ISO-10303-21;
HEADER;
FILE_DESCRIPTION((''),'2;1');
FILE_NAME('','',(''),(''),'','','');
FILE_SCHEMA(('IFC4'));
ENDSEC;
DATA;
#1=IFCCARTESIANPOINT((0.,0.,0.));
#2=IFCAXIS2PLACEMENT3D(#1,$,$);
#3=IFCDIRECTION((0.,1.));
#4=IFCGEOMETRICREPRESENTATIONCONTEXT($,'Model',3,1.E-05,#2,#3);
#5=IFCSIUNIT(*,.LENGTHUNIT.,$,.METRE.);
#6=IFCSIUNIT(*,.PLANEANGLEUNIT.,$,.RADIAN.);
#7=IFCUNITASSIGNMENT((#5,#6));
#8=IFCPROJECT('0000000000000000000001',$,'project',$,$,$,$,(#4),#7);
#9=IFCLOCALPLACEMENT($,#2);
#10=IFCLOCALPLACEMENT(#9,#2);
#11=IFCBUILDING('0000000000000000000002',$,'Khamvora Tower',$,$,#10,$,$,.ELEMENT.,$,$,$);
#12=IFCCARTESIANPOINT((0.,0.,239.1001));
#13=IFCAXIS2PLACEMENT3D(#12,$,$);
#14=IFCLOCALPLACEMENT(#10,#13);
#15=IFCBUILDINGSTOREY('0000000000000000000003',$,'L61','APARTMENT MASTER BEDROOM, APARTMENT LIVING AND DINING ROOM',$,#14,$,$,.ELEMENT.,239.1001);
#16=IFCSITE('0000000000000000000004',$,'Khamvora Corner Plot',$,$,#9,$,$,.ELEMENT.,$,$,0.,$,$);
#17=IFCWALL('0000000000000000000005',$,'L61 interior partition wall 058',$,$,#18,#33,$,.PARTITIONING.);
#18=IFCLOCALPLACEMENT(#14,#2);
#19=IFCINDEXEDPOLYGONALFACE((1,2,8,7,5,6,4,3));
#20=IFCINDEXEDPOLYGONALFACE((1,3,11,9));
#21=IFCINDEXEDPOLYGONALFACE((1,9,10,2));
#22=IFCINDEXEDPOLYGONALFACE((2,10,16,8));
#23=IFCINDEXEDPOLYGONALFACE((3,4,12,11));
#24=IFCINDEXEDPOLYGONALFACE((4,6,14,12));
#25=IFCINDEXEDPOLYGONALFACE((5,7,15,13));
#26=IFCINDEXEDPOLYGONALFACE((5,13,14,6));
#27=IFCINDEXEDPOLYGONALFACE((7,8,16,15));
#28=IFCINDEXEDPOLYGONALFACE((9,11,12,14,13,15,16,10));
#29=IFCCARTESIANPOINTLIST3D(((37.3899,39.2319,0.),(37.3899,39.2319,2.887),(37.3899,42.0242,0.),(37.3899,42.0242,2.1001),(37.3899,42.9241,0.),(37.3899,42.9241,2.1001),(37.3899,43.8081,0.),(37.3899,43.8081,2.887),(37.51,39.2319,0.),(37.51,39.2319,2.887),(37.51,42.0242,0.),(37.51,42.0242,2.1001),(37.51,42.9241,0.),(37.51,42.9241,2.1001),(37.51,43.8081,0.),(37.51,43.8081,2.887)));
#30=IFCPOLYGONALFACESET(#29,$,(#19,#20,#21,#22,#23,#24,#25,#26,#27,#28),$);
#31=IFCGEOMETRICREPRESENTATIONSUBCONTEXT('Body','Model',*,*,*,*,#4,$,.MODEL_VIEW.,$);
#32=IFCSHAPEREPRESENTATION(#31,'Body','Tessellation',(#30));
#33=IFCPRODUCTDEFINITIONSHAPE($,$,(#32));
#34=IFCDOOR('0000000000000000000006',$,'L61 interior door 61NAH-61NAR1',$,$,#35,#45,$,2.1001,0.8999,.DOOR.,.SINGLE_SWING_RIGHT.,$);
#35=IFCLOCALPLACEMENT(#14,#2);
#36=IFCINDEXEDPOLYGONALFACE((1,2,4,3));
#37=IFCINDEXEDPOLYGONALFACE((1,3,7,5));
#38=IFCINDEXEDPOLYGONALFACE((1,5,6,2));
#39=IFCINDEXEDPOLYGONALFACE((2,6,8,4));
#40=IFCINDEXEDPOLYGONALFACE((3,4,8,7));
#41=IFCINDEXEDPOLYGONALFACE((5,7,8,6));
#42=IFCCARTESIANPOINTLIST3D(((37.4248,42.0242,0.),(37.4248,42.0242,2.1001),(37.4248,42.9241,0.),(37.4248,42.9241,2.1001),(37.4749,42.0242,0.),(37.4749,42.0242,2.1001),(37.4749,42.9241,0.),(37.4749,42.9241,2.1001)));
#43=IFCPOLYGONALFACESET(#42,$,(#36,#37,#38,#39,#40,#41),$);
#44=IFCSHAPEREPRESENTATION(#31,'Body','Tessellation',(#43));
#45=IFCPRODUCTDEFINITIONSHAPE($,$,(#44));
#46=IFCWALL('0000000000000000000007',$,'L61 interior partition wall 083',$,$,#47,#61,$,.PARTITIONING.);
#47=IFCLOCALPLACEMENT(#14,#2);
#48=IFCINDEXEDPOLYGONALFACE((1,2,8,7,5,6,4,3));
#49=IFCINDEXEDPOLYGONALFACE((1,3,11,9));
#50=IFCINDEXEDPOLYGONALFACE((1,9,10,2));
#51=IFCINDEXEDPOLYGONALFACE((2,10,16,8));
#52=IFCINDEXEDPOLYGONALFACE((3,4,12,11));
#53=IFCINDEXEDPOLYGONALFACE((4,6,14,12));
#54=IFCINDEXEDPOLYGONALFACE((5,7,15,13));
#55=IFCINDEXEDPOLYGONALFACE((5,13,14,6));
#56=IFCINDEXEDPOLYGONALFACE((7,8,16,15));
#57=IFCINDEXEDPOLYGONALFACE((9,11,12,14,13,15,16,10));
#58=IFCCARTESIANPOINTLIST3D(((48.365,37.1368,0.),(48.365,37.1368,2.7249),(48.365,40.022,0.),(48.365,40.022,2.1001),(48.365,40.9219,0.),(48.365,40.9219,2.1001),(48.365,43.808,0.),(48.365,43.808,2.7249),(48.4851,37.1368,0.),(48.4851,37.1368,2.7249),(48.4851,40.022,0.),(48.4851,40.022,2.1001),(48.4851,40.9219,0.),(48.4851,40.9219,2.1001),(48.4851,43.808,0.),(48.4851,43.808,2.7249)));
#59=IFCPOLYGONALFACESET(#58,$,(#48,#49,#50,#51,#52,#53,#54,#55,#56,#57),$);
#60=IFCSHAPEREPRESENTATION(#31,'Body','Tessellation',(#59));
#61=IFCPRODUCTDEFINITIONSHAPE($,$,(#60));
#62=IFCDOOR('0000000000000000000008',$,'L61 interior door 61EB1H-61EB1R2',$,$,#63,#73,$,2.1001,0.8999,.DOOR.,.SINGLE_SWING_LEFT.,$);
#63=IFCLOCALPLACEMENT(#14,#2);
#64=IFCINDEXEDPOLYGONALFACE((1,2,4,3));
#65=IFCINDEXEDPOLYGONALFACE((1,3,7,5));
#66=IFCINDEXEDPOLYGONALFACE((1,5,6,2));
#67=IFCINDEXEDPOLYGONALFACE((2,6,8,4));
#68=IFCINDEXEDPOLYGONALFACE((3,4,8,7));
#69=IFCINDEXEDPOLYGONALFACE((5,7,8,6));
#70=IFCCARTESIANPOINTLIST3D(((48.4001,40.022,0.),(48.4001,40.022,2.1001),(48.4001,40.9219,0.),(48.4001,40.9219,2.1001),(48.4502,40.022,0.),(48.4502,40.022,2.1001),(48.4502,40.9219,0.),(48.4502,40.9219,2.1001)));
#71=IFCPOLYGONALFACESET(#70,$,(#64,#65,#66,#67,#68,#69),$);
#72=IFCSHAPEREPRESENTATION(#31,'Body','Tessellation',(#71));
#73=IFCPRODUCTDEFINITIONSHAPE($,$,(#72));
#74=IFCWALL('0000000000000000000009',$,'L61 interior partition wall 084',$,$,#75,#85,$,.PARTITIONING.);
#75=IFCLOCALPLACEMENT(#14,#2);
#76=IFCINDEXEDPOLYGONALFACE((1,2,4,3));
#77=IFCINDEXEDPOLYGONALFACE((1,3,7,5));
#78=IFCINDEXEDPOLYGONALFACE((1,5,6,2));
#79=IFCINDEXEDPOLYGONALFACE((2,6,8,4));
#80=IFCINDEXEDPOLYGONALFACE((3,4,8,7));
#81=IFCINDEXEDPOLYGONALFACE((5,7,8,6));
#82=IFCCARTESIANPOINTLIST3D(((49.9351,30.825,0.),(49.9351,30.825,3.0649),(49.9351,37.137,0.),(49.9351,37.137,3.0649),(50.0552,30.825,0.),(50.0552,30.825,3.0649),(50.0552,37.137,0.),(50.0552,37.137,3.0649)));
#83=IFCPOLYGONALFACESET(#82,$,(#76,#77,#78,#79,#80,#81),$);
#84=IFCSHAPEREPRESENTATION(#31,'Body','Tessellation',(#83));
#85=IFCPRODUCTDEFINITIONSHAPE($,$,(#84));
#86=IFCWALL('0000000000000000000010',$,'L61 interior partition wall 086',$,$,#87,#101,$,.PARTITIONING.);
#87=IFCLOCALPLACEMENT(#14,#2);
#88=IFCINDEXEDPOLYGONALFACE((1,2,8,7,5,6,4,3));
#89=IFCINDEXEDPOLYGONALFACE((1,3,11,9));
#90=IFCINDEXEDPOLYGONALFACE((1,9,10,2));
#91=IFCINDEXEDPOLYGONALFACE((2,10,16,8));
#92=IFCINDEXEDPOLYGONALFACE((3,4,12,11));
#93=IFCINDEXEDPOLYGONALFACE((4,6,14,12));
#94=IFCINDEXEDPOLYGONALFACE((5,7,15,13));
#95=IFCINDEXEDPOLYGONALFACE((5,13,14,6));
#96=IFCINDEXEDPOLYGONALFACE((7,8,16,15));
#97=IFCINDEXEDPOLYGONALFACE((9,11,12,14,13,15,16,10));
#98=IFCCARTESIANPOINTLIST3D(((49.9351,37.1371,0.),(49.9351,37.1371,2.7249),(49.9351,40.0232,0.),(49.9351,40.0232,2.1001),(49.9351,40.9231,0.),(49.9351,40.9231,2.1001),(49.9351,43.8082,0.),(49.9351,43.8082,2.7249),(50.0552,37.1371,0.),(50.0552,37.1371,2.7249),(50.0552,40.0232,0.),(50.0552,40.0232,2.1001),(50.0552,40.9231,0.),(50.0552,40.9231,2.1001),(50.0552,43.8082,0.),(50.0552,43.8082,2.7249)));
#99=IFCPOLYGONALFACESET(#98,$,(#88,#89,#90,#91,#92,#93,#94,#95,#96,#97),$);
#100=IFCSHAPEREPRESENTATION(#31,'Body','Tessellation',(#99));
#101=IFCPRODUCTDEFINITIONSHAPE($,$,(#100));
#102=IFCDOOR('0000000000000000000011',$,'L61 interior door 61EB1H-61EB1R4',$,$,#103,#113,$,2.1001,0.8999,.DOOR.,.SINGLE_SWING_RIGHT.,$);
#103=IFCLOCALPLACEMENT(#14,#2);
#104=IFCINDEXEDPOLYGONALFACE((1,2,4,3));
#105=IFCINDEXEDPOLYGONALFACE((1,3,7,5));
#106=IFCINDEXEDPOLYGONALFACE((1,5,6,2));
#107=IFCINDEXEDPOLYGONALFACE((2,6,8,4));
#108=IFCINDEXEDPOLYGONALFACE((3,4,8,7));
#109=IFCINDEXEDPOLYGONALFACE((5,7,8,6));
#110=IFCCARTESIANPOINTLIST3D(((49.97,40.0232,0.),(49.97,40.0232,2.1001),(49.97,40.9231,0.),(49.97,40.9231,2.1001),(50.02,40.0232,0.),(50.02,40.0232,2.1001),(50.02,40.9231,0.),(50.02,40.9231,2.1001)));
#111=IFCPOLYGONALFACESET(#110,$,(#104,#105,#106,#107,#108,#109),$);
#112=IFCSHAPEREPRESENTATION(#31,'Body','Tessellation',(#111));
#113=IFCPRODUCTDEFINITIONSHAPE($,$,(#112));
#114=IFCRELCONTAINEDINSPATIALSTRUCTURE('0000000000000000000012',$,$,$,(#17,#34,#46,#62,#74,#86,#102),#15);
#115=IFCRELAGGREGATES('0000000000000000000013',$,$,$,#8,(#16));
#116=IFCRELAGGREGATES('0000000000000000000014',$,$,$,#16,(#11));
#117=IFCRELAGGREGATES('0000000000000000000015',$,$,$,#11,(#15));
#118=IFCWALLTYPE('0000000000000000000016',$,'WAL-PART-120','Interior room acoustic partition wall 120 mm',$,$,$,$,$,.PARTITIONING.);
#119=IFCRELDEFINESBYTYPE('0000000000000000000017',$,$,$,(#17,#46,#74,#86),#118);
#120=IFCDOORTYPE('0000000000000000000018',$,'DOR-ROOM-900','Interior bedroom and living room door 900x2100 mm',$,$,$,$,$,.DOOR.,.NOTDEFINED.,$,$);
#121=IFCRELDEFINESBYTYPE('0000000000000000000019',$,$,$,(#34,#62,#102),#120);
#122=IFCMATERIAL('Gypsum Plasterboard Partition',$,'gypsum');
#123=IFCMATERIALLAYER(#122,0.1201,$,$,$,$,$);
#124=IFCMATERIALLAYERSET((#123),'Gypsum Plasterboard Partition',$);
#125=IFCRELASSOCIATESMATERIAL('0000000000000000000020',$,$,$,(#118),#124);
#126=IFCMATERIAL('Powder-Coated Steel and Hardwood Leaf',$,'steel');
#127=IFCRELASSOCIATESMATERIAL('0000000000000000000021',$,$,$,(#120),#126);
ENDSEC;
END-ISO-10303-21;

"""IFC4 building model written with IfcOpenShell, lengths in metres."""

from ifc_helpers import new_model, si_unit, direction, frame, frame_2d, origin, place, context, subcontext, project, spatial, rectangle, extrude, material, layer, layer_set, type_object, element, fill, save


model = new_model("IFC4")

# Units and contexts
model_context = context("Model", 3, precision=1e-05, world=origin(), true_north=direction((0.0, 1.0)))
body_context = subcontext(model_context, "Body", "Model", "MODEL_VIEW")
ifc_project = project(units=[si_unit("LENGTHUNIT", "METRE"), si_unit("PLANEANGLEUNIT", "RADIAN")], contexts=[model_context])

# Site, building, storey
site_placement = place(None, origin())
site = spatial("IfcSite", under=ifc_project, at=site_placement, Name="Khamvora Corner Plot", CompositionType="ELEMENT", RefElevation=0.0)
building_placement = place(site_placement, origin())
building = spatial("IfcBuilding", under=site, at=building_placement, Name="Khamvora Tower", CompositionType="ELEMENT")
storey_placement = place(building_placement, frame((0.0, 0.0, 239.1001)))
storey = spatial("IfcBuildingStorey", under=building, at=storey_placement, Name="L61", Description="APARTMENT MASTER BEDROOM, APARTMENT LIVING AND DINING ROOM", CompositionType="ELEMENT", Elevation=239.1001)

# Walls, openings, doors
ifc_material_1 = material(Name="Gypsum Plasterboard Partition", Category="gypsum")
ifc_layer_1 = layer(ifc_material_1, 0.1201)
ifc_layer_set_1 = layer_set([ifc_layer_1], Name="Gypsum Plasterboard Partition")
wall_type_1 = type_object("IfcWallType", Name="WAL-PART-120", Description="Interior room acoustic partition wall 120 mm", PredefinedType="PARTITIONING", material=ifc_layer_set_1)
wall_1_placement = place(storey_placement, frame((37.45, 43.8081, 0.0), z_axis=(0.0, 0.0, 1.0), x_axis=(0.0, -1.0, 0.0)))
wall_1 = element("IfcWall", 1, at=wall_1_placement, inside=storey, type_object=wall_type_1, Name="L61 interior partition wall 058", PredefinedType="PARTITIONING", context=body_context, shape_type="SweptSolid", body=[
    extrude(rectangle(XDim=4.5762, YDim=0.1201, at=frame_2d((2.2881, 0.0))), origin(), (0.0, 0.0, 1.0), 2.887),
])
opening_1_placement = place(wall_1_placement, frame((0.884, 0.0, 0.0)))
opening_1 = element("IfcOpeningElement", 2, at=opening_1_placement, cuts=wall_1, PredefinedType="OPENING", context=body_context, shape_type="SweptSolid", body=[
    extrude(rectangle(XDim=0.8999, YDim=2.1001, at=frame_2d((0.45, 1.05))), frame((0.0, 0.0701, 0.0), z_axis=(0.0, -1.0, 0.0), x_axis=(1.0, 0.0, 0.0)), (0.0, 0.0, 1.0), 0.1401),
])
ifc_material_2 = material(Name="Powder-Coated Steel and Hardwood Leaf", Category="steel")
door_type = type_object("IfcDoorType", Name="DOR-ROOM-900", Description="Interior bedroom and living room door 900x2100 mm", OperationType="NOTDEFINED", PredefinedType="DOOR", material=ifc_material_2)
door_1_placement = place(opening_1_placement, origin())
door_1 = element("IfcDoor", 3, at=door_1_placement, inside=storey, type_object=door_type, Name="L61 interior door 61NAH-61NAR1", OperationType="SINGLE_SWING_RIGHT", OverallHeight=2.1001, OverallWidth=0.8999, PredefinedType="DOOR", context=body_context, shape_type="SweptSolid", body=[
    extrude(rectangle(XDim=0.8999, YDim=2.1001, at=frame_2d((0.45, 1.05))), frame((0.0, 0.0249, 0.0), z_axis=(0.0, -1.0, 0.0), x_axis=(1.0, 0.0, 0.0)), (0.0, 0.0, 1.0), 0.05),
])
fill(opening_1, door_1)
wall_2_placement = place(storey_placement, frame((48.425, 37.137, 0.0), z_axis=(0.0, 0.0, 1.0), x_axis=(0.0, 1.0, 0.0)))
wall_2 = element("IfcWall", 4, at=wall_2_placement, inside=storey, type_object=wall_type_1, Name="L61 interior partition wall 083", PredefinedType="PARTITIONING", context=body_context, shape_type="SweptSolid", body=[
    extrude(rectangle(XDim=6.6711, YDim=0.1201, at=frame_2d((3.3354, 0.0))), origin(), (0.0, 0.0, 1.0), 2.7249),
])
opening_2_placement = place(wall_2_placement, frame((2.885, 0.0, 0.0)))
opening_2 = element("IfcOpeningElement", 5, at=opening_2_placement, cuts=wall_2, PredefinedType="OPENING", context=body_context, shape_type="SweptSolid", body=[
    extrude(rectangle(XDim=0.8999, YDim=2.1001, at=frame_2d((0.45, 1.05))), frame((0.0, 0.0701, 0.0), z_axis=(0.0, -1.0, 0.0), x_axis=(1.0, 0.0, 0.0)), (0.0, 0.0, 1.0), 0.1401),
])
door_2_placement = place(opening_2_placement, origin())
door_2 = element("IfcDoor", 6, at=door_2_placement, inside=storey, type_object=door_type, Name="L61 interior door 61EB1H-61EB1R2", OperationType="SINGLE_SWING_LEFT", OverallHeight=2.1001, OverallWidth=0.8999, PredefinedType="DOOR", context=body_context, shape_type="SweptSolid", body=[
    extrude(rectangle(XDim=0.8999, YDim=2.1001, at=frame_2d((0.45, 1.05))), frame((0.0, 0.0249, 0.0), z_axis=(0.0, -1.0, 0.0), x_axis=(1.0, 0.0, 0.0)), (0.0, 0.0, 1.0), 0.05),
])
fill(opening_2, door_2)

# Wall
wall_3_placement = place(storey_placement, frame((49.9951, 37.137, 0.0), z_axis=(0.0, 0.0, 1.0), x_axis=(0.0, -1.0, 0.0)))
element("IfcWall", 7, at=wall_3_placement, inside=storey, type_object=wall_type_1, Name="L61 interior partition wall 084", PredefinedType="PARTITIONING", context=body_context, shape_type="SweptSolid", body=[
    extrude(rectangle(XDim=6.312, YDim=0.1201, at=frame_2d((3.156, 0.0))), origin(), (0.0, 0.0, 1.0), 3.0649),
])

# Wall, opening, door
wall_4_placement = place(storey_placement, frame((49.9951, 43.8081, 0.0), z_axis=(0.0, 0.0, 1.0), x_axis=(0.0, -1.0, 0.0)))
wall_4 = element("IfcWall", 8, at=wall_4_placement, inside=storey, type_object=wall_type_1, Name="L61 interior partition wall 086", PredefinedType="PARTITIONING", context=body_context, shape_type="SweptSolid", body=[
    extrude(rectangle(XDim=6.6711, YDim=0.1201, at=frame_2d((3.3354, 0.0))), origin(), (0.0, 0.0, 1.0), 2.7249),
])
opening_3_placement = place(wall_4_placement, frame((2.885, 0.0, 0.0)))
opening_3 = element("IfcOpeningElement", 9, at=opening_3_placement, cuts=wall_4, PredefinedType="OPENING", context=body_context, shape_type="SweptSolid", body=[
    extrude(rectangle(XDim=0.8999, YDim=2.1001, at=frame_2d((0.45, 1.05))), frame((0.0, 0.0701, 0.0), z_axis=(0.0, -1.0, 0.0), x_axis=(1.0, 0.0, 0.0)), (0.0, 0.0, 1.0), 0.1401),
])
door_3_placement = place(opening_3_placement, origin())
door_3 = element("IfcDoor", 10, at=door_3_placement, inside=storey, type_object=door_type, Name="L61 interior door 61EB1H-61EB1R4", OperationType="SINGLE_SWING_RIGHT", OverallHeight=2.1001, OverallWidth=0.8999, PredefinedType="DOOR", context=body_context, shape_type="SweptSolid", body=[
    extrude(rectangle(XDim=0.8999, YDim=2.1001, at=frame_2d((0.45, 1.05))), frame((0.0, 0.0249, 0.0), z_axis=(0.0, -1.0, 0.0), x_axis=(1.0, 0.0, 0.0)), (0.0, 0.0, 1.0), 0.05),
])
fill(opening_3, door_3)

save(model, "model.ifc")
